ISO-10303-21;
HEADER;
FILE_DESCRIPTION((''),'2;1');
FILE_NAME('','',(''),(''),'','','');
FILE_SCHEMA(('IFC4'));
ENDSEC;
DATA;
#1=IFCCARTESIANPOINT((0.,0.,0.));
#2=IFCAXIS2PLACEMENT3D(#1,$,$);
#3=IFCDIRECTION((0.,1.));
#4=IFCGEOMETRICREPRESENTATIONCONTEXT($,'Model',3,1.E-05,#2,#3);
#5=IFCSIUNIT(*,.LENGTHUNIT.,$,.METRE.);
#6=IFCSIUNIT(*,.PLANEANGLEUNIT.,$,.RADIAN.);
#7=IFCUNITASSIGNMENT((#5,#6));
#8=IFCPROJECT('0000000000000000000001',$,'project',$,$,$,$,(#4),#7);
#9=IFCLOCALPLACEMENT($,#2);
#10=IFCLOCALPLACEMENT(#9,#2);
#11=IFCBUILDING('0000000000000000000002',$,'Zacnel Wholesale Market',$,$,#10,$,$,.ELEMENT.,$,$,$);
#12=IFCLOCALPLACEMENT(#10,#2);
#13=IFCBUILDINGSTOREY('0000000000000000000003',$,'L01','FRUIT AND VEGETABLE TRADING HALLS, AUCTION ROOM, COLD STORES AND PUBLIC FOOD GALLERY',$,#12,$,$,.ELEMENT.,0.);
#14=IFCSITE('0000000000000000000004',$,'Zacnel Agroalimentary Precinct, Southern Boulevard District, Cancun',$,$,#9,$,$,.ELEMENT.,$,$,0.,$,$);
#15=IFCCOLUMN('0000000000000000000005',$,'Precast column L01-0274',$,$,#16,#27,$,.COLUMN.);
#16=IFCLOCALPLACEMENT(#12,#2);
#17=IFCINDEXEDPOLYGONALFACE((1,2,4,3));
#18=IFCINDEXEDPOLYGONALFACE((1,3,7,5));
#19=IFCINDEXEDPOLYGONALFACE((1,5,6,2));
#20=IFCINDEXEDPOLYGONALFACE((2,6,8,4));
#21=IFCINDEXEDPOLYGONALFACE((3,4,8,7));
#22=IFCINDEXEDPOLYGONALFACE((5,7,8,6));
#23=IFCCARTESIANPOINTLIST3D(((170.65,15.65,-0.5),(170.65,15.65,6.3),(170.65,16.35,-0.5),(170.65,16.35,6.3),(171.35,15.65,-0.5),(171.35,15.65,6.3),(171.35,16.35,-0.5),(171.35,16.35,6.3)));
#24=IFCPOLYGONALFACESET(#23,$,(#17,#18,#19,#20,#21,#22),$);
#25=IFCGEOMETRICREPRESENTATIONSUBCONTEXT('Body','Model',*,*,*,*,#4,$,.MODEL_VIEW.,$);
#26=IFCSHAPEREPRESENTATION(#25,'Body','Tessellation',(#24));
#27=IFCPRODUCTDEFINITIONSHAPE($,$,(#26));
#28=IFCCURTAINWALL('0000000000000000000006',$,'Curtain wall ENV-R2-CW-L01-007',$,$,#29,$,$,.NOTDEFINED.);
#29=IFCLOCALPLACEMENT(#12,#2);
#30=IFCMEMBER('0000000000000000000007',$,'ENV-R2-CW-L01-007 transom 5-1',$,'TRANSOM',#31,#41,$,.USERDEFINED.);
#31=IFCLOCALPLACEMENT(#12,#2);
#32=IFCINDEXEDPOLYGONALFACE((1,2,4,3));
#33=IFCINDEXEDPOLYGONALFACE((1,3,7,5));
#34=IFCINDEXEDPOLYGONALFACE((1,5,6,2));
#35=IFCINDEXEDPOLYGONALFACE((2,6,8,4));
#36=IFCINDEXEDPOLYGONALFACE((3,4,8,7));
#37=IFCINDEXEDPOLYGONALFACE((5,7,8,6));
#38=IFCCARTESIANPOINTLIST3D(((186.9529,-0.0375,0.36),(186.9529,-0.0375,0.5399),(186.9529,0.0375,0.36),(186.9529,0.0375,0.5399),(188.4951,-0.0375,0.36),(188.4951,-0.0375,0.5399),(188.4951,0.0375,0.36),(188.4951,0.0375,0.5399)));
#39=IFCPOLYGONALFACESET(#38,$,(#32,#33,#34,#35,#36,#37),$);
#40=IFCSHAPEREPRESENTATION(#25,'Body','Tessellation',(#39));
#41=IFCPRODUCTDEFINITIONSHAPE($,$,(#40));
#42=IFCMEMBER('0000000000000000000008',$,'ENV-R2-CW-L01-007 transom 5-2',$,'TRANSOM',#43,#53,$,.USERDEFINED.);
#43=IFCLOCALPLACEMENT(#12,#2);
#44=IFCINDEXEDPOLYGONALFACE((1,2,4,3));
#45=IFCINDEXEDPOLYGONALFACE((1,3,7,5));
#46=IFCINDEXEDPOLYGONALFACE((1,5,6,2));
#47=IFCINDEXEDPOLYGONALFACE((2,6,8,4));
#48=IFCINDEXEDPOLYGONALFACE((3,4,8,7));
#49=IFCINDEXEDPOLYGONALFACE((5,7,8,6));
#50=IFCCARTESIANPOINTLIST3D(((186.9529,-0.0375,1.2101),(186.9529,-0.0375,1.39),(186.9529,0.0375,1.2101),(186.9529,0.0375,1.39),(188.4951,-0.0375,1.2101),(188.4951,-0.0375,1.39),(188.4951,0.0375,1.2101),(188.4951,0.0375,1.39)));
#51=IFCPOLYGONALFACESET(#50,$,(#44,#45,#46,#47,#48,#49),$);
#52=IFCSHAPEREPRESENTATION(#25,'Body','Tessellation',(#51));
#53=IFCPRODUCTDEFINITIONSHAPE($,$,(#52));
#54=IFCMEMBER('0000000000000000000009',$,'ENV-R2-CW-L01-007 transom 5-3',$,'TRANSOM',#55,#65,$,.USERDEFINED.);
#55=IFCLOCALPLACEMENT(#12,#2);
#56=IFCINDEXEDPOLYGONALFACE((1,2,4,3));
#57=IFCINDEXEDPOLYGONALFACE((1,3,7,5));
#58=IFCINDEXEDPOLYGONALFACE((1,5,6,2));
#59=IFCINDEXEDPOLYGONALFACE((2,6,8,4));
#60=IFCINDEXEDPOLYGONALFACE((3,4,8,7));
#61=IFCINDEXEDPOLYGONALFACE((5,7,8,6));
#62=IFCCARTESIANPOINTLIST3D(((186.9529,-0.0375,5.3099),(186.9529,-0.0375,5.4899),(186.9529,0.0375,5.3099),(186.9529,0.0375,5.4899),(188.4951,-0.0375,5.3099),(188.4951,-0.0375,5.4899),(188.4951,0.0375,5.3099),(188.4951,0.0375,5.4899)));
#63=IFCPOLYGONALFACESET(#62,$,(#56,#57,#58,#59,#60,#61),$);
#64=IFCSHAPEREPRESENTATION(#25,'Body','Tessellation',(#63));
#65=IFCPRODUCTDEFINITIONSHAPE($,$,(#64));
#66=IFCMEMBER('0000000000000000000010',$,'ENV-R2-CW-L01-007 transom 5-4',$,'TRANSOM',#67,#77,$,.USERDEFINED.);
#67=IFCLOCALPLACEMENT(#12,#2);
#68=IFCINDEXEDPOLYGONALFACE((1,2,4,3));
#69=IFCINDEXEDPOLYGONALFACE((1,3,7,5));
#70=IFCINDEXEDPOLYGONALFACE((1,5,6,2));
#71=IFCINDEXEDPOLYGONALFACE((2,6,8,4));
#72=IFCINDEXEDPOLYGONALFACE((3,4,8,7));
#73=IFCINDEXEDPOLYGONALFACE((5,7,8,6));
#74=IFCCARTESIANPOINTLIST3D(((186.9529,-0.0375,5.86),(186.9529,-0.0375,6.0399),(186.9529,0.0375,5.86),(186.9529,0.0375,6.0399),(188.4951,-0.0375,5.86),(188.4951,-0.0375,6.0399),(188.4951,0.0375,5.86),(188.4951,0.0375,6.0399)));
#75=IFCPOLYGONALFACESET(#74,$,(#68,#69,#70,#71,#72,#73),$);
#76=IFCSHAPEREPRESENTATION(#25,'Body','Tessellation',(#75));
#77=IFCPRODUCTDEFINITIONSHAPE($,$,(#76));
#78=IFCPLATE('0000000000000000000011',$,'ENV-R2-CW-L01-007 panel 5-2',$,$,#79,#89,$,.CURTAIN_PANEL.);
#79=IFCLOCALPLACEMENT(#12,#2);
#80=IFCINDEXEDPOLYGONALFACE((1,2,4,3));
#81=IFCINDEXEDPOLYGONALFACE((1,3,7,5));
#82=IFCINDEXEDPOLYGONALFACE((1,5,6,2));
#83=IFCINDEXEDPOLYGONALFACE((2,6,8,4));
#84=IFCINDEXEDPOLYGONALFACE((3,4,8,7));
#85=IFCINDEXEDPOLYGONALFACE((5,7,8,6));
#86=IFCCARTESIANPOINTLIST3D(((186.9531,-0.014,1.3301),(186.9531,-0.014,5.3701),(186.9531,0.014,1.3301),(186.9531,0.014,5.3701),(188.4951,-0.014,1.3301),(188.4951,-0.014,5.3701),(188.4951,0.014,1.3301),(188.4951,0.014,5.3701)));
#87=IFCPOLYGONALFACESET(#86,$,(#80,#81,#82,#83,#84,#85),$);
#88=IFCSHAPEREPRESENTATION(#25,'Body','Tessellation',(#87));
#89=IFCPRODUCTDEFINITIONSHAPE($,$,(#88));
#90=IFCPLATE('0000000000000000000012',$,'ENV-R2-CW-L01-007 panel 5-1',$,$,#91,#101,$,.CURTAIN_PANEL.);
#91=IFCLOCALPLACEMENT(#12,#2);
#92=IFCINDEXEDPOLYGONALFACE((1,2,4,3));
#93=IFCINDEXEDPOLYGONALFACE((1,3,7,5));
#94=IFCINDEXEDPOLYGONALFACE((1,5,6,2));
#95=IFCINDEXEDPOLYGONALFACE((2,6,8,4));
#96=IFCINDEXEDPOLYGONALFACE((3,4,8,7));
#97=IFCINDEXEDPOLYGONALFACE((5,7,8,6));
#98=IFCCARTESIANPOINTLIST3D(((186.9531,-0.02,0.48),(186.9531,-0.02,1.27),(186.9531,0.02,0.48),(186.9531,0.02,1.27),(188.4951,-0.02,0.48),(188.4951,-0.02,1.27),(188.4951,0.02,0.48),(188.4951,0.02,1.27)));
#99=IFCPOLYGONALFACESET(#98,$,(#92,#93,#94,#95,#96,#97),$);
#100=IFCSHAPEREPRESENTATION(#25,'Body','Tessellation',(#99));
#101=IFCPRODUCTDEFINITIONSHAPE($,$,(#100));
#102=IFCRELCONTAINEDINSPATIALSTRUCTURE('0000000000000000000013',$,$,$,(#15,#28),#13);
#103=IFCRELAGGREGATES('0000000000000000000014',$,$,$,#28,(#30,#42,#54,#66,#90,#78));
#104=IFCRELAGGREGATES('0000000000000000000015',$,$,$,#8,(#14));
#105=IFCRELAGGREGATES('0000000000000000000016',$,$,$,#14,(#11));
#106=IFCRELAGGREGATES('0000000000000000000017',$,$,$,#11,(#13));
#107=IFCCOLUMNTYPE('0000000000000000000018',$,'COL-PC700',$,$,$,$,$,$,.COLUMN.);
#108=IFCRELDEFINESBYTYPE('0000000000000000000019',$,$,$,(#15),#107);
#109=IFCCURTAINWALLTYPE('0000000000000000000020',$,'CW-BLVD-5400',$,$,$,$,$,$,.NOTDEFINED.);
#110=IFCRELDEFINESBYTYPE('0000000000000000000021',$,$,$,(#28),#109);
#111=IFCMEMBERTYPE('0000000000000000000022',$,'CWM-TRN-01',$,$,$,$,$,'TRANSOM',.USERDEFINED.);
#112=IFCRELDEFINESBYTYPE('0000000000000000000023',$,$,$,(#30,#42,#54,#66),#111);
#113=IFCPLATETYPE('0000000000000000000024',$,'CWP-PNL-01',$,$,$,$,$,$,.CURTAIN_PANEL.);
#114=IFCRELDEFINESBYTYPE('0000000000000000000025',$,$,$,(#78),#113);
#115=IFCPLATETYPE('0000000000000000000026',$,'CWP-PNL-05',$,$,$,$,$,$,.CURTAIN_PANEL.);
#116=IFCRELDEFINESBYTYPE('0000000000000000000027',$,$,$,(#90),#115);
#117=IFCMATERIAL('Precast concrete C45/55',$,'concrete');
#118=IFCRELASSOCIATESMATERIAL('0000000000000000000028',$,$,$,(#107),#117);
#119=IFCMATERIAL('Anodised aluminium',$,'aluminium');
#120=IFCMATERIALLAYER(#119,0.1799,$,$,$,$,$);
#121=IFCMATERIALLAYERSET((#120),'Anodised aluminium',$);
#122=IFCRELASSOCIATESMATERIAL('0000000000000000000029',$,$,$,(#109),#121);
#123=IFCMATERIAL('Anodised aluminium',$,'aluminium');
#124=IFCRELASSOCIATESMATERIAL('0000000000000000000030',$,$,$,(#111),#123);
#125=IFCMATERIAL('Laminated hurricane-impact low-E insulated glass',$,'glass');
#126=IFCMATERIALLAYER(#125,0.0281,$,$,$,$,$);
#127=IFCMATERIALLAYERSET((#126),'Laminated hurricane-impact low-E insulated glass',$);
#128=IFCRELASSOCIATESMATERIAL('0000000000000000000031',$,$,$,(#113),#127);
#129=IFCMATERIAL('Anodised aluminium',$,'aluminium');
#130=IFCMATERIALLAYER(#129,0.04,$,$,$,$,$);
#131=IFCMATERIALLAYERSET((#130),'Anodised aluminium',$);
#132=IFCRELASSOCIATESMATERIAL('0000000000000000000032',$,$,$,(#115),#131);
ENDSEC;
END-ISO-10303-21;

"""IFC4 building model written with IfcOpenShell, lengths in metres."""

from ifc_helpers import new_model, si_unit, direction, frame, origin, origin_2d, place, context, subcontext, project, spatial, rectangle, extrude, material, layer, layer_set, material_profile, profile_set, type_object, element, aggregate, save


model = new_model("IFC4")

# Units and contexts
model_context = context("Model", 3, precision=1e-05, world=origin(), true_north=direction((0.0, 1.0)))
body_context = subcontext(model_context, "Body", "Model", "MODEL_VIEW")
ifc_project = project(units=[si_unit("LENGTHUNIT", "METRE"), si_unit("PLANEANGLEUNIT", "RADIAN")], contexts=[model_context])

# Site, building, storey
site_placement = place(None, origin())
site = spatial("IfcSite", under=ifc_project, at=site_placement, Name="Zacnel Agroalimentary Precinct, Southern Boulevard District, Cancun", CompositionType="ELEMENT", RefElevation=0.0)
building_placement = place(site_placement, origin())
building = spatial("IfcBuilding", under=site, at=building_placement, Name="Zacnel Wholesale Market", CompositionType="ELEMENT")
storey_placement = place(building_placement, origin())
storey = spatial("IfcBuildingStorey", under=building, at=storey_placement, Name="L01", Description="FRUIT AND VEGETABLE TRADING HALLS, AUCTION ROOM, COLD STORES AND PUBLIC FOOD GALLERY", CompositionType="ELEMENT", Elevation=0.0)

# Column
ifc_material_1 = material(Name="Precast concrete C45/55", Category="concrete")
ifc_material_profile_1 = material_profile(ifc_material_1, rectangle(XDim=0.7, YDim=0.7, at=origin_2d()), Name="PC 700x700")
ifc_profile_set_1 = profile_set([ifc_material_profile_1], Name="Precast concrete C45/55")
column_type = type_object("IfcColumnType", Name="COL-PC700", PredefinedType="COLUMN", material=ifc_profile_set_1)
for number, where, z_axis, x_axis, name in (
    (1, (171.0, 16.0, -0.5), (0.0, 0.0, 1.0), (1.0, 0.0, 0.0), "Precast column L01-0274"),
):
    element("IfcColumn", number, at=place(storey_placement, frame(where, z_axis=z_axis, x_axis=x_axis)), inside=storey, type_object=column_type, Name=name, PredefinedType="COLUMN", context=body_context, shape_type="SweptSolid", body=[
        extrude(rectangle(XDim=0.7, YDim=0.7, at=origin_2d()), origin(), (0.0, 0.0, 1.0), 6.8),
    ])

# Curtain wall, members, plates
ifc_material_2 = material(Name="Anodised aluminium", Category="aluminium")
ifc_layer_1 = layer(ifc_material_2, 0.1799)
ifc_layer_set_1 = layer_set([ifc_layer_1], Name="Anodised aluminium")
curtain_wall_type = type_object("IfcCurtainWallType", Name="CW-BLVD-5400", PredefinedType="NOTDEFINED", material=ifc_layer_set_1)
curtain_wall_placement = place(storey_placement, origin())
curtain_wall = element("IfcCurtainWall", 2, at=curtain_wall_placement, inside=storey, type_object=curtain_wall_type, Name="Curtain wall ENV-R2-CW-L01-007", PredefinedType="NOTDEFINED")
ifc_material_3 = material(Name="Anodised aluminium", Category="aluminium")
ifc_material_profile_2 = material_profile(ifc_material_3, rectangle(XDim=0.075, YDim=0.1799, at=origin_2d()), Name="AW-TRANSOM 75x180")
ifc_profile_set_2 = profile_set([ifc_material_profile_2], Name="Anodised aluminium")
member_type = type_object("IfcMemberType", Name="CWM-TRN-01", ElementType="TRANSOM", PredefinedType="USERDEFINED", material=ifc_profile_set_2)
member_1_placement = place(storey_placement, frame((186.9529, 0.0, 0.45), z_axis=(1.0, 0.0, 0.0), x_axis=(0.0, 1.0, 0.0)))
member_1 = element("IfcMember", 3, at=member_1_placement, type_object=member_type, Name="ENV-R2-CW-L01-007 transom 5-1", ObjectType="TRANSOM", PredefinedType="USERDEFINED", context=body_context, shape_type="SweptSolid", body=[
    extrude(rectangle(XDim=0.075, YDim=0.1799, at=origin_2d()), origin(), (0.0, 0.0, 1.0), 1.5422),
])
member_2_placement = place(storey_placement, frame((186.9529, 0.0, 1.3), z_axis=(1.0, 0.0, 0.0), x_axis=(0.0, 1.0, 0.0)))
member_2 = element("IfcMember", 4, at=member_2_placement, type_object=member_type, Name="ENV-R2-CW-L01-007 transom 5-2", ObjectType="TRANSOM", PredefinedType="USERDEFINED", context=body_context, shape_type="SweptSolid", body=[
    extrude(rectangle(XDim=0.075, YDim=0.1799, at=origin_2d()), origin(), (0.0, 0.0, 1.0), 1.5422),
])
member_3_placement = place(storey_placement, frame((186.9529, 0.0, 5.3999), z_axis=(1.0, 0.0, 0.0), x_axis=(0.0, 1.0, 0.0)))
member_3 = element("IfcMember", 5, at=member_3_placement, type_object=member_type, Name="ENV-R2-CW-L01-007 transom 5-3", ObjectType="TRANSOM", PredefinedType="USERDEFINED", context=body_context, shape_type="SweptSolid", body=[
    extrude(rectangle(XDim=0.075, YDim=0.1799, at=origin_2d()), origin(), (0.0, 0.0, 1.0), 1.5422),
])
member_4_placement = place(storey_placement, frame((186.9529, 0.0, 5.95), z_axis=(1.0, 0.0, 0.0), x_axis=(0.0, 1.0, 0.0)))
member_4 = element("IfcMember", 6, at=member_4_placement, type_object=member_type, Name="ENV-R2-CW-L01-007 transom 5-4", ObjectType="TRANSOM", PredefinedType="USERDEFINED", context=body_context, shape_type="SweptSolid", body=[
    extrude(rectangle(XDim=0.075, YDim=0.1799, at=origin_2d()), origin(), (0.0, 0.0, 1.0), 1.5422),
])
ifc_material_4 = material(Name="Laminated hurricane-impact low-E insulated glass", Category="glass")
ifc_layer_2 = layer(ifc_material_4, 0.0281)
ifc_layer_set_2 = layer_set([ifc_layer_2], Name="Laminated hurricane-impact low-E insulated glass")
plate_type_1 = type_object("IfcPlateType", Name="CWP-PNL-01", PredefinedType="CURTAIN_PANEL", material=ifc_layer_set_2)
plate_1_placement = place(storey_placement, frame((187.7241, 0.0, 1.3301), z_axis=(0.0, 0.0, 1.0), x_axis=(1.0, 0.0, 0.0)))
plate_1 = element("IfcPlate", 7, at=plate_1_placement, type_object=plate_type_1, Name="ENV-R2-CW-L01-007 panel 5-2", PredefinedType="CURTAIN_PANEL", context=body_context, shape_type="SweptSolid", body=[
    extrude(rectangle(XDim=1.542, YDim=0.0281, at=origin_2d()), origin(), (0.0, 0.0, 1.0), 4.04),
])
ifc_material_5 = material(Name="Anodised aluminium", Category="aluminium")
ifc_layer_3 = layer(ifc_material_5, 0.04)
ifc_layer_set_3 = layer_set([ifc_layer_3], Name="Anodised aluminium")
plate_type_2 = type_object("IfcPlateType", Name="CWP-PNL-05", PredefinedType="CURTAIN_PANEL", material=ifc_layer_set_3)
plate_2_placement = place(storey_placement, frame((187.7241, 0.0, 0.48), z_axis=(0.0, 0.0, 1.0), x_axis=(1.0, 0.0, 0.0)))
plate_2 = element("IfcPlate", 8, at=plate_2_placement, type_object=plate_type_2, Name="ENV-R2-CW-L01-007 panel 5-1", PredefinedType="CURTAIN_PANEL", context=body_context, shape_type="SweptSolid", body=[
    extrude(rectangle(XDim=1.542, YDim=0.04, at=origin_2d()), origin(), (0.0, 0.0, 1.0), 0.79),
])
aggregate(curtain_wall, [member_1, member_2, member_3, member_4, plate_2, plate_1])

save(model, "model.ifc")
